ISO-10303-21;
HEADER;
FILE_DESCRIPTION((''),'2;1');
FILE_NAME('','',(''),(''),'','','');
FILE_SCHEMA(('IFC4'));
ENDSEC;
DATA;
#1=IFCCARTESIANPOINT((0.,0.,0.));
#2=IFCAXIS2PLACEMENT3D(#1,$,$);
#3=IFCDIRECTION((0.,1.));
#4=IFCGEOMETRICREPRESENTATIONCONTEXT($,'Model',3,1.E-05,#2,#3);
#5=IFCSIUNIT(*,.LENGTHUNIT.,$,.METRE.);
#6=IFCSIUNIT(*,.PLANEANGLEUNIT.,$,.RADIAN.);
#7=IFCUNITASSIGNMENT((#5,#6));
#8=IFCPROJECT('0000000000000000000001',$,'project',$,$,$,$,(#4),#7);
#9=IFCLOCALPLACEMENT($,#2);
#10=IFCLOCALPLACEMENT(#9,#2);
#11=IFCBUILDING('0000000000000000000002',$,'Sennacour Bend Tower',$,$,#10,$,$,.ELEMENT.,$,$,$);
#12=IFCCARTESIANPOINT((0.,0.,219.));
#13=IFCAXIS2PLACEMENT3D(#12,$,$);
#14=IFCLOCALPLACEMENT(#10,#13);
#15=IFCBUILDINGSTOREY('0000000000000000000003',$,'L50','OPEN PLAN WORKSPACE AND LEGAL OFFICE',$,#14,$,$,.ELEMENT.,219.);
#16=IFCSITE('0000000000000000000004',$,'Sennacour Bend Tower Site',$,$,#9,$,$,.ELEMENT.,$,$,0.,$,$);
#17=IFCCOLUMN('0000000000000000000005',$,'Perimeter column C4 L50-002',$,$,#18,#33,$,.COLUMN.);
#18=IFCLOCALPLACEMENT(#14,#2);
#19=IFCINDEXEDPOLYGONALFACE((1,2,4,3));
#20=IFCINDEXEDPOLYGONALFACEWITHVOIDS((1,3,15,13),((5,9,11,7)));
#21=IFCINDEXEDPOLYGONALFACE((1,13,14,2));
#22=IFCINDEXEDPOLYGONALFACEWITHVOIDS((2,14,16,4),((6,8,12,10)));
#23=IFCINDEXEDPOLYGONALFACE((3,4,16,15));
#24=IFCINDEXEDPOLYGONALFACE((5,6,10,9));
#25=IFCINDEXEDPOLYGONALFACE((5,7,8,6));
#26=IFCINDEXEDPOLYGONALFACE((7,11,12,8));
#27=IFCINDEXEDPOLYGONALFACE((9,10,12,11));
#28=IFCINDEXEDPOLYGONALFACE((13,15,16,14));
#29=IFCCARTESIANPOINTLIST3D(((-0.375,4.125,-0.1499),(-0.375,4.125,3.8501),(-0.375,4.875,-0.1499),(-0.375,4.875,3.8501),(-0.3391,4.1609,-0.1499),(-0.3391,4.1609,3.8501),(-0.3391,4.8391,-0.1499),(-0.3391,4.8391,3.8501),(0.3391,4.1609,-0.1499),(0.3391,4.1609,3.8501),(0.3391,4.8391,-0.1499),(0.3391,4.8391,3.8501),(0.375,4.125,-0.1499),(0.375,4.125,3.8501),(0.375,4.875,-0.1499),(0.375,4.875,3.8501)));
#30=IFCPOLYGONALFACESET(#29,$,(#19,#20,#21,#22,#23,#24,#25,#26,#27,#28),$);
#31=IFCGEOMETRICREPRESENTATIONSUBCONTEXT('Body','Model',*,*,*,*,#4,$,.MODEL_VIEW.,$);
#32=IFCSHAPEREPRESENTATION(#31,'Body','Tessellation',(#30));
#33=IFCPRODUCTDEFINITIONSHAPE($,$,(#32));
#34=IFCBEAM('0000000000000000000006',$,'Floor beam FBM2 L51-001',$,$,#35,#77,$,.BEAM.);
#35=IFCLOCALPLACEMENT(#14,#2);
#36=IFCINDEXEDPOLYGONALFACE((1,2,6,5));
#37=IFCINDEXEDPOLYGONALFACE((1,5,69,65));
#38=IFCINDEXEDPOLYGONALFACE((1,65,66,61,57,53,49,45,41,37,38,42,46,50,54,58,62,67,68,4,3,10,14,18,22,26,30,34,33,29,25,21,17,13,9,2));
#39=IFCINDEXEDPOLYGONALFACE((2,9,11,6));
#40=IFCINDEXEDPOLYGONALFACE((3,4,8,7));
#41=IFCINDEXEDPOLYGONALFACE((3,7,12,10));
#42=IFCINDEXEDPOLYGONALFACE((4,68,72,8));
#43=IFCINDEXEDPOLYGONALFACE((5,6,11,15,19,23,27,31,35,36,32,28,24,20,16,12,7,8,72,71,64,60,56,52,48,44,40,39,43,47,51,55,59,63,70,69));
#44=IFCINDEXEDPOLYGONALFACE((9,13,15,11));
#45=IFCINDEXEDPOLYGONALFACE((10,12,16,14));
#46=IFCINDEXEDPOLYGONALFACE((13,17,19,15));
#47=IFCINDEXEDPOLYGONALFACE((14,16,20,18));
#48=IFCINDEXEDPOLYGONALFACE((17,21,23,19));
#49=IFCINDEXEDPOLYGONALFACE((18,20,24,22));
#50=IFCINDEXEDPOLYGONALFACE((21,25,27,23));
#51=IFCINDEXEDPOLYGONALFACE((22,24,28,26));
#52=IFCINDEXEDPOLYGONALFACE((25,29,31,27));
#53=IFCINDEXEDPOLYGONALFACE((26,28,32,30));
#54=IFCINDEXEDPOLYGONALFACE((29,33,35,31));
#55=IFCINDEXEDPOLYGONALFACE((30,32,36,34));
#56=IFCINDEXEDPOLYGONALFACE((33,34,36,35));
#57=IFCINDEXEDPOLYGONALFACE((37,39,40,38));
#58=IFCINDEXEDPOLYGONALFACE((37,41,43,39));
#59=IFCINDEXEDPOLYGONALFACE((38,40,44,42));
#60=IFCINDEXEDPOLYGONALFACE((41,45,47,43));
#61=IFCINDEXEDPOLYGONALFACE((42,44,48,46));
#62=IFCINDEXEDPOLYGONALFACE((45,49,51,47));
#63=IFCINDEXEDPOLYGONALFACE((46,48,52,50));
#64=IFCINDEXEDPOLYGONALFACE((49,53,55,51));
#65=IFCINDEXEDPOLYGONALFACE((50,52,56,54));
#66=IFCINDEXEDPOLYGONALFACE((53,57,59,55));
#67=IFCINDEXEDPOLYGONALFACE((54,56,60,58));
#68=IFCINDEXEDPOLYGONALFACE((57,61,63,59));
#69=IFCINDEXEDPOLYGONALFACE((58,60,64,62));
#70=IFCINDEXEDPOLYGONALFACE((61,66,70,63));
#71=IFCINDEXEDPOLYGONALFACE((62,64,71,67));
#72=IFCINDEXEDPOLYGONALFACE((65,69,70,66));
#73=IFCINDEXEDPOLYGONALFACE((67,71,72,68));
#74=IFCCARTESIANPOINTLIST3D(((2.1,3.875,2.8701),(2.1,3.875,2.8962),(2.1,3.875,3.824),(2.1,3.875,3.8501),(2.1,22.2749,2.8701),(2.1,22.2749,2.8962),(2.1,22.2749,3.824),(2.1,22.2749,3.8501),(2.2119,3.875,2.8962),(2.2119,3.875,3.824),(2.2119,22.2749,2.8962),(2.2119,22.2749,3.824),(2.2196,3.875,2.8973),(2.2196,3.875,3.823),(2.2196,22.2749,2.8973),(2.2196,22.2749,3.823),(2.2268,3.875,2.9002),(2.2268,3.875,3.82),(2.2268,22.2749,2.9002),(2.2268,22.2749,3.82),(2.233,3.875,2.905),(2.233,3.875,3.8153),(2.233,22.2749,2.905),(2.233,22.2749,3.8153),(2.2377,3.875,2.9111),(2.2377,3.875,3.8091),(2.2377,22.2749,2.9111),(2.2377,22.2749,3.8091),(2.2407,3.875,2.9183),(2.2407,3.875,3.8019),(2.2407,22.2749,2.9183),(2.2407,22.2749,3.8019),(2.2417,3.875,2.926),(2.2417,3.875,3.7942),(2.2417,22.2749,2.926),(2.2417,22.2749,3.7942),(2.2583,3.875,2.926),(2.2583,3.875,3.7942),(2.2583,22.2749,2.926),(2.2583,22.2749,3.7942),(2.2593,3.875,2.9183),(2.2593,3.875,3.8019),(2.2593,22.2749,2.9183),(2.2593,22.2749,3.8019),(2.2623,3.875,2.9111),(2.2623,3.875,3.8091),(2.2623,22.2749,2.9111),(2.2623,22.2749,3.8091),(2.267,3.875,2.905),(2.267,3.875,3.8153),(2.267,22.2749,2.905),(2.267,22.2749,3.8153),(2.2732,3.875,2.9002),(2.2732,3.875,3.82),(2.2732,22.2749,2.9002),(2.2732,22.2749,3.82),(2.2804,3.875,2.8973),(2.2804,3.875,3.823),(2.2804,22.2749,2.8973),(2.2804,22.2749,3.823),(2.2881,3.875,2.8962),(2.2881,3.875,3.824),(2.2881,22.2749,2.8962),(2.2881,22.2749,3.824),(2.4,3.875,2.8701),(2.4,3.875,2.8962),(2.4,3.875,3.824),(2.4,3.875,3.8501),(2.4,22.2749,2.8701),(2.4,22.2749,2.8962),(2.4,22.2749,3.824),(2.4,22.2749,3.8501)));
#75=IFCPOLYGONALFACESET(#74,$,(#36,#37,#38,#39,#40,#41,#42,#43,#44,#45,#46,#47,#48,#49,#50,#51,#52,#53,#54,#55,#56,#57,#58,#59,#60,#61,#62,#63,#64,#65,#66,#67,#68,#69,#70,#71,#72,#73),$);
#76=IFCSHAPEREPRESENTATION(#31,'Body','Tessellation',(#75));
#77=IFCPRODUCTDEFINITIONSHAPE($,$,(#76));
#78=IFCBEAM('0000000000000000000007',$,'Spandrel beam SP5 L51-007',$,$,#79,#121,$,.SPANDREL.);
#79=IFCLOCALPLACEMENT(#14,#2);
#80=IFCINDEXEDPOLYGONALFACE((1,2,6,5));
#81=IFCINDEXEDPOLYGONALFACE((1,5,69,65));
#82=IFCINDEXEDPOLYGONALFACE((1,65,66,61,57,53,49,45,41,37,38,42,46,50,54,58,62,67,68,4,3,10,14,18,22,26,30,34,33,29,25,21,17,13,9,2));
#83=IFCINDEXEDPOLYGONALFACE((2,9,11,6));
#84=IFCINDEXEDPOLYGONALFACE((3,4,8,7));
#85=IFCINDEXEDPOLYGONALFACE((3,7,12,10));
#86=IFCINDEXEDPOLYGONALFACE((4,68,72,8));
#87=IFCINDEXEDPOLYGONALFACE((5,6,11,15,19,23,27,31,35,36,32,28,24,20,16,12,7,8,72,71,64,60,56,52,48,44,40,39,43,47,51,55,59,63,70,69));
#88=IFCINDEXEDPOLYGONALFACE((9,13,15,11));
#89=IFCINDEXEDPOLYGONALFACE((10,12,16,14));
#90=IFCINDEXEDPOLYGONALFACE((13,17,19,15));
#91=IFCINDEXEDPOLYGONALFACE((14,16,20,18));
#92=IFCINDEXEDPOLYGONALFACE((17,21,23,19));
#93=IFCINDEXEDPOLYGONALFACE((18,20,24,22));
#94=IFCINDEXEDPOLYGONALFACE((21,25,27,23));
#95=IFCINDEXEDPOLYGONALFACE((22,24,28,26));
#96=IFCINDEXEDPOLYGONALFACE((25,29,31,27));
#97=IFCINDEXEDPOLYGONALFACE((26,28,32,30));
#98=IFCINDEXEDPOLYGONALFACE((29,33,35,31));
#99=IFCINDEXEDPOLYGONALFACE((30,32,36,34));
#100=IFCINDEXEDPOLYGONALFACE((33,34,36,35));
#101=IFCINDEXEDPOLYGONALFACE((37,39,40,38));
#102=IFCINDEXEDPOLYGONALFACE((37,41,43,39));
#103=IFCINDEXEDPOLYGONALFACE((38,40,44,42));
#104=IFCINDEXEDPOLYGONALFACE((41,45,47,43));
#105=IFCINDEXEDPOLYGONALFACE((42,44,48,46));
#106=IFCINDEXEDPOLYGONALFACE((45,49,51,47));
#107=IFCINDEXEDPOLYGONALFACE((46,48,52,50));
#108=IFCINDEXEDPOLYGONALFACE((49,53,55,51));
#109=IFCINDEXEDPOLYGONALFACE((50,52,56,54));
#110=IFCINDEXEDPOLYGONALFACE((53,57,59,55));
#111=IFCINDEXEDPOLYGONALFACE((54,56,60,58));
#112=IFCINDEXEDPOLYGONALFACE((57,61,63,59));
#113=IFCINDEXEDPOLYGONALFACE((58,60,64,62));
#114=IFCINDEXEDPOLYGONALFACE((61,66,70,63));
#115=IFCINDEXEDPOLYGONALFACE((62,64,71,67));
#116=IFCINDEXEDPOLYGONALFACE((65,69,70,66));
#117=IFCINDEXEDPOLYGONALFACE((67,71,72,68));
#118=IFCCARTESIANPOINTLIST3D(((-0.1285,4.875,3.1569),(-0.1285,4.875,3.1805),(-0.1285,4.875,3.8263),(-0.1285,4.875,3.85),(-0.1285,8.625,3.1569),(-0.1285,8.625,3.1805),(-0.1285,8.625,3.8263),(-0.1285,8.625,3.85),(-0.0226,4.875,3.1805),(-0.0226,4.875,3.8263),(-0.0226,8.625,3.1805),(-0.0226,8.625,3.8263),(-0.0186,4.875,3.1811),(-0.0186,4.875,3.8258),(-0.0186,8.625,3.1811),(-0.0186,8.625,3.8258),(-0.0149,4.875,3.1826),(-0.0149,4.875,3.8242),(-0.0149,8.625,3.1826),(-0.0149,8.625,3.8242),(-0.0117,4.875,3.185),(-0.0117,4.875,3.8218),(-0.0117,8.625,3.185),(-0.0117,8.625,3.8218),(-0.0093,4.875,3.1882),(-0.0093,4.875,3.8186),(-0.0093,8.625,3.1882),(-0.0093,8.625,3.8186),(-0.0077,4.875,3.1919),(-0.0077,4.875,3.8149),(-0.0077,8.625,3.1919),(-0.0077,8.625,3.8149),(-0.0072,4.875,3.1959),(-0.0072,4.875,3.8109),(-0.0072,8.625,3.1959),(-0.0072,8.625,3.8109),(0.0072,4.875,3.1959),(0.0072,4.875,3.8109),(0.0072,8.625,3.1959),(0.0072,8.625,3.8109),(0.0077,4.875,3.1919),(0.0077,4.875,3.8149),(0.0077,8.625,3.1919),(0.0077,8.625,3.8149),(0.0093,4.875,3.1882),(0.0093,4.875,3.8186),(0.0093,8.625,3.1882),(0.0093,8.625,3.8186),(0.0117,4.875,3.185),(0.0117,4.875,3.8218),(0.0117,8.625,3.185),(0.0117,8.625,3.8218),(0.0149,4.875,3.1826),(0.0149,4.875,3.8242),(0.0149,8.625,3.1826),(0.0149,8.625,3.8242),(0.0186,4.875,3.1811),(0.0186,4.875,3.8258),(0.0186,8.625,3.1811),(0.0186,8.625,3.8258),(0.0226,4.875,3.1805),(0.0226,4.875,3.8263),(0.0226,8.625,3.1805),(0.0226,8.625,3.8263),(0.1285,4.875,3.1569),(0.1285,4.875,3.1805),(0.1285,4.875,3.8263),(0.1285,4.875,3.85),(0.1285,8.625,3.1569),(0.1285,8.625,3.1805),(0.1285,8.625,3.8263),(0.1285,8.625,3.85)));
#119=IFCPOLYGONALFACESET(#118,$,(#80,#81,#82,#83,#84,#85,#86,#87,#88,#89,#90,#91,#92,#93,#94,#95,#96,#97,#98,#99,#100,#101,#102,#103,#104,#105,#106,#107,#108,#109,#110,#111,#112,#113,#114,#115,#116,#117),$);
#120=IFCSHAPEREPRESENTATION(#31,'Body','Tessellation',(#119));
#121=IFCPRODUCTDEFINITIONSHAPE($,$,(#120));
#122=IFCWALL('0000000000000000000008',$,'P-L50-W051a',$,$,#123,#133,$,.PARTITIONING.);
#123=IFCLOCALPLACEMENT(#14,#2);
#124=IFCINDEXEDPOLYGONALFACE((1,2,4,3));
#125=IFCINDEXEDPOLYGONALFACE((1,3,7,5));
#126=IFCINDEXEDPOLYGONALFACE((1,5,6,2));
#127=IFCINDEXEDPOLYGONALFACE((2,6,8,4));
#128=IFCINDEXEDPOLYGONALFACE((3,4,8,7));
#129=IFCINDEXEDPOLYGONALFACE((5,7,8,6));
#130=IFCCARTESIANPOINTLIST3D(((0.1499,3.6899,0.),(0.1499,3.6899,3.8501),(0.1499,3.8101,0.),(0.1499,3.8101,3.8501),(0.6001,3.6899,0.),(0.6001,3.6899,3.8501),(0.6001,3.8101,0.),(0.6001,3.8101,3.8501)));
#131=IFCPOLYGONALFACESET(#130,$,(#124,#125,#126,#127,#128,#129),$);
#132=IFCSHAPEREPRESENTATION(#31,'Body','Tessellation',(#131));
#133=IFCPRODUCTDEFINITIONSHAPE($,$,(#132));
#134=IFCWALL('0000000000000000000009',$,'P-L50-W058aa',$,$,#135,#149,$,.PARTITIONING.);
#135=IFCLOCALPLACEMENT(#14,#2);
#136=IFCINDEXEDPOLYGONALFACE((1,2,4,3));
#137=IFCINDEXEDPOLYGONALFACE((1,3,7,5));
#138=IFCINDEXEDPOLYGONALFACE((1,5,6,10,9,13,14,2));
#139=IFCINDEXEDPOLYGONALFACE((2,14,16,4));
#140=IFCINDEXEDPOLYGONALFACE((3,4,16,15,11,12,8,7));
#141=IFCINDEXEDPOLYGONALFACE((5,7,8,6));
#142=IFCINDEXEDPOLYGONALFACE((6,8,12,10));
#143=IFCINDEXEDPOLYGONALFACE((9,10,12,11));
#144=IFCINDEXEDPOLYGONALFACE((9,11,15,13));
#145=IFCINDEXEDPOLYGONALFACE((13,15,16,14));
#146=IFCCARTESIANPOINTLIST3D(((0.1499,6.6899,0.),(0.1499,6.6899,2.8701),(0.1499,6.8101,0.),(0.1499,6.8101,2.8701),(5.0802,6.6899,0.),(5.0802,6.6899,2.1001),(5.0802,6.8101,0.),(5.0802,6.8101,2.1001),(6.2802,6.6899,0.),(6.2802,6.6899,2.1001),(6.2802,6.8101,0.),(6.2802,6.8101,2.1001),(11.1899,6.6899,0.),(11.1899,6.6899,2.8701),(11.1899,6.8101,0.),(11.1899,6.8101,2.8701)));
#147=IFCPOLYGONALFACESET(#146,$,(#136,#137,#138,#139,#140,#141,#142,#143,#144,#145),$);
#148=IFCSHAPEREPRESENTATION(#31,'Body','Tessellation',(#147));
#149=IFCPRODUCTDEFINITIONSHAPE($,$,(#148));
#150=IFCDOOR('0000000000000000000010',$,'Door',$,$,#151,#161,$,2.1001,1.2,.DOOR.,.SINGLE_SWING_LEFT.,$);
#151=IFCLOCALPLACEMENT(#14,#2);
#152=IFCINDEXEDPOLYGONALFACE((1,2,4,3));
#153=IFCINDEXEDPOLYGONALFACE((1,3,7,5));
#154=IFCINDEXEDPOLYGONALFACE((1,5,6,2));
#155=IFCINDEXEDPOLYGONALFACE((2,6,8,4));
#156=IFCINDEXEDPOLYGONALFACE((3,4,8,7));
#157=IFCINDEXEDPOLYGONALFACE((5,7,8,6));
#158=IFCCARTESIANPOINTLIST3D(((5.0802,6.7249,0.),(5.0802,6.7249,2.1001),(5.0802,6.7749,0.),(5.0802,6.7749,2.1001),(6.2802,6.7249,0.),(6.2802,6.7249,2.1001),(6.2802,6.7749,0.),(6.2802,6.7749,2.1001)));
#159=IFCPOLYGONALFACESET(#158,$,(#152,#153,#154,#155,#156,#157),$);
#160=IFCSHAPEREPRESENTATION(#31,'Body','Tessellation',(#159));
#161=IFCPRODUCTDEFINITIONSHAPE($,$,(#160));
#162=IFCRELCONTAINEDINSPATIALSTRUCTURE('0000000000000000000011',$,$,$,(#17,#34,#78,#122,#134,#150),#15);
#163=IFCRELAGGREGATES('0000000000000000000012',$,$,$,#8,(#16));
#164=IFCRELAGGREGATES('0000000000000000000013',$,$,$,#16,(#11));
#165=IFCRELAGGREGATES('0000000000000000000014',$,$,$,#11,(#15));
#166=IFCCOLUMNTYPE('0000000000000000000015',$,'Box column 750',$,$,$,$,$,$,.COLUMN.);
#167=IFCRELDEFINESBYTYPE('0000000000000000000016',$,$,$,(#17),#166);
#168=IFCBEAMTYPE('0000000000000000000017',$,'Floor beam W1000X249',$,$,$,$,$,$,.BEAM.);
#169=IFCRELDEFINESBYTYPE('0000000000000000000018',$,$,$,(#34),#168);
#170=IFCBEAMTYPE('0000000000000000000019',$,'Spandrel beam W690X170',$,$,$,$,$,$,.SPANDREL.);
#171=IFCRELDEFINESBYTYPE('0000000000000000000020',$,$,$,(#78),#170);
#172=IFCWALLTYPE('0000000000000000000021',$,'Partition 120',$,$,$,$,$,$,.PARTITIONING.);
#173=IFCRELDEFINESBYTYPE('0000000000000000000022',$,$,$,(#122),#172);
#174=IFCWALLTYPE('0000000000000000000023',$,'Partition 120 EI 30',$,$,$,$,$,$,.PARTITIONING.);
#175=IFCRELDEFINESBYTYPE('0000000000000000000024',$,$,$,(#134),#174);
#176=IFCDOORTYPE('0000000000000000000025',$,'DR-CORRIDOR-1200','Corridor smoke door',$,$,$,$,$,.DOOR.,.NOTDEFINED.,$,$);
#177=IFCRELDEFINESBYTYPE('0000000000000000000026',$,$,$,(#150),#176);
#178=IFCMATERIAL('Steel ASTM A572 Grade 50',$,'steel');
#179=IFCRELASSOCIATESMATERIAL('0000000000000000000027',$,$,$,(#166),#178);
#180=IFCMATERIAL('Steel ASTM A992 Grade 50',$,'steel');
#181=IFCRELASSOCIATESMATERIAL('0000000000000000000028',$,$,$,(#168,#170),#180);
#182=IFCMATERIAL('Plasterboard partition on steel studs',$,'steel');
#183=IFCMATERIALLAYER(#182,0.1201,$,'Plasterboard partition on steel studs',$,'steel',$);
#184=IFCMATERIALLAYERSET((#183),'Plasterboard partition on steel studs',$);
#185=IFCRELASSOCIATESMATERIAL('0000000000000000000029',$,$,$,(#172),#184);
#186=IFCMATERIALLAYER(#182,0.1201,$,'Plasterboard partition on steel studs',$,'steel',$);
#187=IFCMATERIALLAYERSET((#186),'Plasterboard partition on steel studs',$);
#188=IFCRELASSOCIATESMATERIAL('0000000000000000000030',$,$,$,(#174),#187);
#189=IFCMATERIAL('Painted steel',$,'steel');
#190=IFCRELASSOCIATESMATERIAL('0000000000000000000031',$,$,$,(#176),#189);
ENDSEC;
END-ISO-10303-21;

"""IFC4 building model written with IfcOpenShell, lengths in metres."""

from ifc_helpers import new_model, si_unit, direction, frame, frame_2d, origin, origin_2d, place, context, subcontext, project, spatial, rectangle, hollow_rectangle, i_section, extrude, material, layer, layer_set, material_profile, profile_set, type_object, element, fill, save


model = new_model("IFC4")

# Units and contexts
model_context = context("Model", 3, precision=1e-05, world=origin(), true_north=direction((0.0, 1.0)))
body_context = subcontext(model_context, "Body", "Model", "MODEL_VIEW")
ifc_project = project(units=[si_unit("LENGTHUNIT", "METRE"), si_unit("PLANEANGLEUNIT", "RADIAN")], contexts=[model_context])

# Site, building, storey
site_placement = place(None, origin())
site = spatial("IfcSite", under=ifc_project, at=site_placement, Name="Sennacour Bend Tower Site", CompositionType="ELEMENT", RefElevation=0.0)
building_placement = place(site_placement, origin())
building = spatial("IfcBuilding", under=site, at=building_placement, Name="Sennacour Bend Tower", CompositionType="ELEMENT")
storey_placement = place(building_placement, frame((0.0, 0.0, 219.0)))
storey = spatial("IfcBuildingStorey", under=building, at=storey_placement, Name="L50", Description="OPEN PLAN WORKSPACE AND LEGAL OFFICE", CompositionType="ELEMENT", Elevation=219.0)

# Column
ifc_material_1 = material(Name="Steel ASTM A572 Grade 50", Category="steel")
ifc_material_profile_1 = material_profile(ifc_material_1, hollow_rectangle(XDim=0.75, YDim=0.75, WallThickness=0.0359, at=origin_2d()), Name="Steel ASTM A572 Grade 50", Category="steel")
ifc_profile_set_1 = profile_set([ifc_material_profile_1], Name="Steel ASTM A572 Grade 50")
column_type = type_object("IfcColumnType", Name="Box column 750", PredefinedType="COLUMN", material=ifc_profile_set_1)
column_placement = place(storey_placement, frame((0.0, 4.5, -0.1499), z_axis=(0.0, 0.0, 1.0), x_axis=(1.0, 0.0, 0.0)))
element("IfcColumn", 1, at=column_placement, inside=storey, type_object=column_type, Name="Perimeter column C4 L50-002", PredefinedType="COLUMN", context=body_context, shape_type="SweptSolid", body=[
    extrude(hollow_rectangle(XDim=0.75, YDim=0.75, WallThickness=0.0359, at=origin_2d()), origin(), (0.0, 0.0, 1.0), 4.0),
])

# Beams
ifc_material_2 = material(Name="Steel ASTM A992 Grade 50", Category="steel")
ifc_material_profile_2 = material_profile(ifc_material_2, i_section(OverallWidth=0.3, OverallDepth=0.98, WebThickness=0.0166, FlangeThickness=0.0261, FilletRadius=0.0298, at=origin_2d()), Name="Steel ASTM A992 Grade 50", Category="steel")
ifc_profile_set_2 = profile_set([ifc_material_profile_2], Name="Steel ASTM A992 Grade 50")
beam_type_1 = type_object("IfcBeamType", Name="Floor beam W1000X249", PredefinedType="BEAM", material=ifc_profile_set_2)
beam_1_placement = place(storey_placement, frame((2.25, 3.875, 3.3601), z_axis=(0.0, 1.0, 0.0), x_axis=(-1.0, 0.0, 0.0)))
element("IfcBeam", 2, at=beam_1_placement, inside=storey, type_object=beam_type_1, Name="Floor beam FBM2 L51-001", PredefinedType="BEAM", context=body_context, shape_type="SweptSolid", body=[
    extrude(i_section(OverallWidth=0.3, OverallDepth=0.98, WebThickness=0.0166, FlangeThickness=0.0261, FilletRadius=0.0298, at=origin_2d()), origin(), (0.0, 0.0, 1.0), 18.3999),
])
ifc_material_profile_3 = material_profile(ifc_material_2, i_section(OverallWidth=0.2571, OverallDepth=0.6931, WebThickness=0.0144, FlangeThickness=0.0237, FilletRadius=0.0154, at=origin_2d()), Name="Steel ASTM A992 Grade 50", Category="steel")
ifc_profile_set_3 = profile_set([ifc_material_profile_3], Name="Steel ASTM A992 Grade 50")
beam_type_2 = type_object("IfcBeamType", Name="Spandrel beam W690X170", PredefinedType="SPANDREL", material=ifc_profile_set_3)
beam_2_placement = place(storey_placement, frame((0.0, 4.875, 3.5034), z_axis=(0.0, 1.0, 0.0), x_axis=(-1.0, 0.0, 0.0)))
element("IfcBeam", 3, at=beam_2_placement, inside=storey, type_object=beam_type_2, Name="Spandrel beam SP5 L51-007", PredefinedType="SPANDREL", context=body_context, shape_type="SweptSolid", body=[
    extrude(i_section(OverallWidth=0.2571, OverallDepth=0.6931, WebThickness=0.0144, FlangeThickness=0.0237, FilletRadius=0.0154, at=origin_2d()), origin(), (0.0, 0.0, 1.0), 3.75),
])

# Wall
ifc_material_3 = material(Name="Plasterboard partition on steel studs", Category="steel")
ifc_layer_1 = layer(ifc_material_3, 0.1201, Name="Plasterboard partition on steel studs", Category="steel")
ifc_layer_set_1 = layer_set([ifc_layer_1], Name="Plasterboard partition on steel studs")
wall_type_1 = type_object("IfcWallType", Name="Partition 120", PredefinedType="PARTITIONING", material=ifc_layer_set_1)
wall_1_placement = place(storey_placement, frame((0.1499, 3.75, 0.0), z_axis=(0.0, 0.0, 1.0), x_axis=(1.0, 0.0, 0.0)))
element("IfcWall", 4, at=wall_1_placement, inside=storey, type_object=wall_type_1, Name="P-L50-W051a", PredefinedType="PARTITIONING", context=body_context, shape_type="SweptSolid", body=[
    extrude(rectangle(XDim=0.4502, YDim=0.1201, at=frame_2d((0.2251, 0.0))), origin(), (0.0, 0.0, 1.0), 3.8501),
])

# Wall, opening, door
ifc_layer_2 = layer(ifc_material_3, 0.1201, Name="Plasterboard partition on steel studs", Category="steel")
ifc_layer_set_2 = layer_set([ifc_layer_2], Name="Plasterboard partition on steel studs")
wall_type_2 = type_object("IfcWallType", Name="Partition 120 EI 30", PredefinedType="PARTITIONING", material=ifc_layer_set_2)
wall_2_placement = place(storey_placement, frame((0.1499, 6.75, 0.0), z_axis=(0.0, 0.0, 1.0), x_axis=(1.0, 0.0, 0.0)))
wall_2 = element("IfcWall", 5, at=wall_2_placement, inside=storey, type_object=wall_type_2, Name="P-L50-W058aa", PredefinedType="PARTITIONING", context=body_context, shape_type="SweptSolid", body=[
    extrude(rectangle(XDim=11.04, YDim=0.1201, at=frame_2d((5.52, 0.0))), origin(), (0.0, 0.0, 1.0), 2.8701),
])
opening_1_placement = place(wall_2_placement, frame((4.9302, 0.0, 0.0)))
opening_1 = element("IfcOpeningElement", 6, at=opening_1_placement, cuts=wall_2, PredefinedType="OPENING", context=body_context, shape_type="SweptSolid", body=[
    extrude(rectangle(XDim=1.2, YDim=2.1001, at=frame_2d((0.6001, 1.05))), frame((0.0, 0.0701, 0.0), z_axis=(0.0, -1.0, 0.0), x_axis=(1.0, 0.0, 0.0)), (0.0, 0.0, 1.0), 0.1401),
])
ifc_material_4 = material(Name="Painted steel", Category="steel")
door_type_1 = type_object("IfcDoorType", Name="DR-CORRIDOR-1200", Description="Corridor smoke door", OperationType="NOTDEFINED", PredefinedType="DOOR", material=ifc_material_4)
door_1_placement = place(opening_1_placement, origin())
door_1 = element("IfcDoor", 7, at=door_1_placement, inside=storey, type_object=door_type_1, Name="Door", OperationType="SINGLE_SWING_LEFT", OverallHeight=2.1001, OverallWidth=1.2, PredefinedType="DOOR", context=body_context, shape_type="SweptSolid", body=[
    extrude(rectangle(XDim=1.2, YDim=2.1001, at=frame_2d((0.6001, 1.05))), frame((0.0, 0.0249, 0.0), z_axis=(0.0, -1.0, 0.0), x_axis=(1.0, 0.0, 0.0)), (0.0, 0.0, 1.0), 0.05),
])
fill(opening_1, door_1)

save(model, "model.ifc")
